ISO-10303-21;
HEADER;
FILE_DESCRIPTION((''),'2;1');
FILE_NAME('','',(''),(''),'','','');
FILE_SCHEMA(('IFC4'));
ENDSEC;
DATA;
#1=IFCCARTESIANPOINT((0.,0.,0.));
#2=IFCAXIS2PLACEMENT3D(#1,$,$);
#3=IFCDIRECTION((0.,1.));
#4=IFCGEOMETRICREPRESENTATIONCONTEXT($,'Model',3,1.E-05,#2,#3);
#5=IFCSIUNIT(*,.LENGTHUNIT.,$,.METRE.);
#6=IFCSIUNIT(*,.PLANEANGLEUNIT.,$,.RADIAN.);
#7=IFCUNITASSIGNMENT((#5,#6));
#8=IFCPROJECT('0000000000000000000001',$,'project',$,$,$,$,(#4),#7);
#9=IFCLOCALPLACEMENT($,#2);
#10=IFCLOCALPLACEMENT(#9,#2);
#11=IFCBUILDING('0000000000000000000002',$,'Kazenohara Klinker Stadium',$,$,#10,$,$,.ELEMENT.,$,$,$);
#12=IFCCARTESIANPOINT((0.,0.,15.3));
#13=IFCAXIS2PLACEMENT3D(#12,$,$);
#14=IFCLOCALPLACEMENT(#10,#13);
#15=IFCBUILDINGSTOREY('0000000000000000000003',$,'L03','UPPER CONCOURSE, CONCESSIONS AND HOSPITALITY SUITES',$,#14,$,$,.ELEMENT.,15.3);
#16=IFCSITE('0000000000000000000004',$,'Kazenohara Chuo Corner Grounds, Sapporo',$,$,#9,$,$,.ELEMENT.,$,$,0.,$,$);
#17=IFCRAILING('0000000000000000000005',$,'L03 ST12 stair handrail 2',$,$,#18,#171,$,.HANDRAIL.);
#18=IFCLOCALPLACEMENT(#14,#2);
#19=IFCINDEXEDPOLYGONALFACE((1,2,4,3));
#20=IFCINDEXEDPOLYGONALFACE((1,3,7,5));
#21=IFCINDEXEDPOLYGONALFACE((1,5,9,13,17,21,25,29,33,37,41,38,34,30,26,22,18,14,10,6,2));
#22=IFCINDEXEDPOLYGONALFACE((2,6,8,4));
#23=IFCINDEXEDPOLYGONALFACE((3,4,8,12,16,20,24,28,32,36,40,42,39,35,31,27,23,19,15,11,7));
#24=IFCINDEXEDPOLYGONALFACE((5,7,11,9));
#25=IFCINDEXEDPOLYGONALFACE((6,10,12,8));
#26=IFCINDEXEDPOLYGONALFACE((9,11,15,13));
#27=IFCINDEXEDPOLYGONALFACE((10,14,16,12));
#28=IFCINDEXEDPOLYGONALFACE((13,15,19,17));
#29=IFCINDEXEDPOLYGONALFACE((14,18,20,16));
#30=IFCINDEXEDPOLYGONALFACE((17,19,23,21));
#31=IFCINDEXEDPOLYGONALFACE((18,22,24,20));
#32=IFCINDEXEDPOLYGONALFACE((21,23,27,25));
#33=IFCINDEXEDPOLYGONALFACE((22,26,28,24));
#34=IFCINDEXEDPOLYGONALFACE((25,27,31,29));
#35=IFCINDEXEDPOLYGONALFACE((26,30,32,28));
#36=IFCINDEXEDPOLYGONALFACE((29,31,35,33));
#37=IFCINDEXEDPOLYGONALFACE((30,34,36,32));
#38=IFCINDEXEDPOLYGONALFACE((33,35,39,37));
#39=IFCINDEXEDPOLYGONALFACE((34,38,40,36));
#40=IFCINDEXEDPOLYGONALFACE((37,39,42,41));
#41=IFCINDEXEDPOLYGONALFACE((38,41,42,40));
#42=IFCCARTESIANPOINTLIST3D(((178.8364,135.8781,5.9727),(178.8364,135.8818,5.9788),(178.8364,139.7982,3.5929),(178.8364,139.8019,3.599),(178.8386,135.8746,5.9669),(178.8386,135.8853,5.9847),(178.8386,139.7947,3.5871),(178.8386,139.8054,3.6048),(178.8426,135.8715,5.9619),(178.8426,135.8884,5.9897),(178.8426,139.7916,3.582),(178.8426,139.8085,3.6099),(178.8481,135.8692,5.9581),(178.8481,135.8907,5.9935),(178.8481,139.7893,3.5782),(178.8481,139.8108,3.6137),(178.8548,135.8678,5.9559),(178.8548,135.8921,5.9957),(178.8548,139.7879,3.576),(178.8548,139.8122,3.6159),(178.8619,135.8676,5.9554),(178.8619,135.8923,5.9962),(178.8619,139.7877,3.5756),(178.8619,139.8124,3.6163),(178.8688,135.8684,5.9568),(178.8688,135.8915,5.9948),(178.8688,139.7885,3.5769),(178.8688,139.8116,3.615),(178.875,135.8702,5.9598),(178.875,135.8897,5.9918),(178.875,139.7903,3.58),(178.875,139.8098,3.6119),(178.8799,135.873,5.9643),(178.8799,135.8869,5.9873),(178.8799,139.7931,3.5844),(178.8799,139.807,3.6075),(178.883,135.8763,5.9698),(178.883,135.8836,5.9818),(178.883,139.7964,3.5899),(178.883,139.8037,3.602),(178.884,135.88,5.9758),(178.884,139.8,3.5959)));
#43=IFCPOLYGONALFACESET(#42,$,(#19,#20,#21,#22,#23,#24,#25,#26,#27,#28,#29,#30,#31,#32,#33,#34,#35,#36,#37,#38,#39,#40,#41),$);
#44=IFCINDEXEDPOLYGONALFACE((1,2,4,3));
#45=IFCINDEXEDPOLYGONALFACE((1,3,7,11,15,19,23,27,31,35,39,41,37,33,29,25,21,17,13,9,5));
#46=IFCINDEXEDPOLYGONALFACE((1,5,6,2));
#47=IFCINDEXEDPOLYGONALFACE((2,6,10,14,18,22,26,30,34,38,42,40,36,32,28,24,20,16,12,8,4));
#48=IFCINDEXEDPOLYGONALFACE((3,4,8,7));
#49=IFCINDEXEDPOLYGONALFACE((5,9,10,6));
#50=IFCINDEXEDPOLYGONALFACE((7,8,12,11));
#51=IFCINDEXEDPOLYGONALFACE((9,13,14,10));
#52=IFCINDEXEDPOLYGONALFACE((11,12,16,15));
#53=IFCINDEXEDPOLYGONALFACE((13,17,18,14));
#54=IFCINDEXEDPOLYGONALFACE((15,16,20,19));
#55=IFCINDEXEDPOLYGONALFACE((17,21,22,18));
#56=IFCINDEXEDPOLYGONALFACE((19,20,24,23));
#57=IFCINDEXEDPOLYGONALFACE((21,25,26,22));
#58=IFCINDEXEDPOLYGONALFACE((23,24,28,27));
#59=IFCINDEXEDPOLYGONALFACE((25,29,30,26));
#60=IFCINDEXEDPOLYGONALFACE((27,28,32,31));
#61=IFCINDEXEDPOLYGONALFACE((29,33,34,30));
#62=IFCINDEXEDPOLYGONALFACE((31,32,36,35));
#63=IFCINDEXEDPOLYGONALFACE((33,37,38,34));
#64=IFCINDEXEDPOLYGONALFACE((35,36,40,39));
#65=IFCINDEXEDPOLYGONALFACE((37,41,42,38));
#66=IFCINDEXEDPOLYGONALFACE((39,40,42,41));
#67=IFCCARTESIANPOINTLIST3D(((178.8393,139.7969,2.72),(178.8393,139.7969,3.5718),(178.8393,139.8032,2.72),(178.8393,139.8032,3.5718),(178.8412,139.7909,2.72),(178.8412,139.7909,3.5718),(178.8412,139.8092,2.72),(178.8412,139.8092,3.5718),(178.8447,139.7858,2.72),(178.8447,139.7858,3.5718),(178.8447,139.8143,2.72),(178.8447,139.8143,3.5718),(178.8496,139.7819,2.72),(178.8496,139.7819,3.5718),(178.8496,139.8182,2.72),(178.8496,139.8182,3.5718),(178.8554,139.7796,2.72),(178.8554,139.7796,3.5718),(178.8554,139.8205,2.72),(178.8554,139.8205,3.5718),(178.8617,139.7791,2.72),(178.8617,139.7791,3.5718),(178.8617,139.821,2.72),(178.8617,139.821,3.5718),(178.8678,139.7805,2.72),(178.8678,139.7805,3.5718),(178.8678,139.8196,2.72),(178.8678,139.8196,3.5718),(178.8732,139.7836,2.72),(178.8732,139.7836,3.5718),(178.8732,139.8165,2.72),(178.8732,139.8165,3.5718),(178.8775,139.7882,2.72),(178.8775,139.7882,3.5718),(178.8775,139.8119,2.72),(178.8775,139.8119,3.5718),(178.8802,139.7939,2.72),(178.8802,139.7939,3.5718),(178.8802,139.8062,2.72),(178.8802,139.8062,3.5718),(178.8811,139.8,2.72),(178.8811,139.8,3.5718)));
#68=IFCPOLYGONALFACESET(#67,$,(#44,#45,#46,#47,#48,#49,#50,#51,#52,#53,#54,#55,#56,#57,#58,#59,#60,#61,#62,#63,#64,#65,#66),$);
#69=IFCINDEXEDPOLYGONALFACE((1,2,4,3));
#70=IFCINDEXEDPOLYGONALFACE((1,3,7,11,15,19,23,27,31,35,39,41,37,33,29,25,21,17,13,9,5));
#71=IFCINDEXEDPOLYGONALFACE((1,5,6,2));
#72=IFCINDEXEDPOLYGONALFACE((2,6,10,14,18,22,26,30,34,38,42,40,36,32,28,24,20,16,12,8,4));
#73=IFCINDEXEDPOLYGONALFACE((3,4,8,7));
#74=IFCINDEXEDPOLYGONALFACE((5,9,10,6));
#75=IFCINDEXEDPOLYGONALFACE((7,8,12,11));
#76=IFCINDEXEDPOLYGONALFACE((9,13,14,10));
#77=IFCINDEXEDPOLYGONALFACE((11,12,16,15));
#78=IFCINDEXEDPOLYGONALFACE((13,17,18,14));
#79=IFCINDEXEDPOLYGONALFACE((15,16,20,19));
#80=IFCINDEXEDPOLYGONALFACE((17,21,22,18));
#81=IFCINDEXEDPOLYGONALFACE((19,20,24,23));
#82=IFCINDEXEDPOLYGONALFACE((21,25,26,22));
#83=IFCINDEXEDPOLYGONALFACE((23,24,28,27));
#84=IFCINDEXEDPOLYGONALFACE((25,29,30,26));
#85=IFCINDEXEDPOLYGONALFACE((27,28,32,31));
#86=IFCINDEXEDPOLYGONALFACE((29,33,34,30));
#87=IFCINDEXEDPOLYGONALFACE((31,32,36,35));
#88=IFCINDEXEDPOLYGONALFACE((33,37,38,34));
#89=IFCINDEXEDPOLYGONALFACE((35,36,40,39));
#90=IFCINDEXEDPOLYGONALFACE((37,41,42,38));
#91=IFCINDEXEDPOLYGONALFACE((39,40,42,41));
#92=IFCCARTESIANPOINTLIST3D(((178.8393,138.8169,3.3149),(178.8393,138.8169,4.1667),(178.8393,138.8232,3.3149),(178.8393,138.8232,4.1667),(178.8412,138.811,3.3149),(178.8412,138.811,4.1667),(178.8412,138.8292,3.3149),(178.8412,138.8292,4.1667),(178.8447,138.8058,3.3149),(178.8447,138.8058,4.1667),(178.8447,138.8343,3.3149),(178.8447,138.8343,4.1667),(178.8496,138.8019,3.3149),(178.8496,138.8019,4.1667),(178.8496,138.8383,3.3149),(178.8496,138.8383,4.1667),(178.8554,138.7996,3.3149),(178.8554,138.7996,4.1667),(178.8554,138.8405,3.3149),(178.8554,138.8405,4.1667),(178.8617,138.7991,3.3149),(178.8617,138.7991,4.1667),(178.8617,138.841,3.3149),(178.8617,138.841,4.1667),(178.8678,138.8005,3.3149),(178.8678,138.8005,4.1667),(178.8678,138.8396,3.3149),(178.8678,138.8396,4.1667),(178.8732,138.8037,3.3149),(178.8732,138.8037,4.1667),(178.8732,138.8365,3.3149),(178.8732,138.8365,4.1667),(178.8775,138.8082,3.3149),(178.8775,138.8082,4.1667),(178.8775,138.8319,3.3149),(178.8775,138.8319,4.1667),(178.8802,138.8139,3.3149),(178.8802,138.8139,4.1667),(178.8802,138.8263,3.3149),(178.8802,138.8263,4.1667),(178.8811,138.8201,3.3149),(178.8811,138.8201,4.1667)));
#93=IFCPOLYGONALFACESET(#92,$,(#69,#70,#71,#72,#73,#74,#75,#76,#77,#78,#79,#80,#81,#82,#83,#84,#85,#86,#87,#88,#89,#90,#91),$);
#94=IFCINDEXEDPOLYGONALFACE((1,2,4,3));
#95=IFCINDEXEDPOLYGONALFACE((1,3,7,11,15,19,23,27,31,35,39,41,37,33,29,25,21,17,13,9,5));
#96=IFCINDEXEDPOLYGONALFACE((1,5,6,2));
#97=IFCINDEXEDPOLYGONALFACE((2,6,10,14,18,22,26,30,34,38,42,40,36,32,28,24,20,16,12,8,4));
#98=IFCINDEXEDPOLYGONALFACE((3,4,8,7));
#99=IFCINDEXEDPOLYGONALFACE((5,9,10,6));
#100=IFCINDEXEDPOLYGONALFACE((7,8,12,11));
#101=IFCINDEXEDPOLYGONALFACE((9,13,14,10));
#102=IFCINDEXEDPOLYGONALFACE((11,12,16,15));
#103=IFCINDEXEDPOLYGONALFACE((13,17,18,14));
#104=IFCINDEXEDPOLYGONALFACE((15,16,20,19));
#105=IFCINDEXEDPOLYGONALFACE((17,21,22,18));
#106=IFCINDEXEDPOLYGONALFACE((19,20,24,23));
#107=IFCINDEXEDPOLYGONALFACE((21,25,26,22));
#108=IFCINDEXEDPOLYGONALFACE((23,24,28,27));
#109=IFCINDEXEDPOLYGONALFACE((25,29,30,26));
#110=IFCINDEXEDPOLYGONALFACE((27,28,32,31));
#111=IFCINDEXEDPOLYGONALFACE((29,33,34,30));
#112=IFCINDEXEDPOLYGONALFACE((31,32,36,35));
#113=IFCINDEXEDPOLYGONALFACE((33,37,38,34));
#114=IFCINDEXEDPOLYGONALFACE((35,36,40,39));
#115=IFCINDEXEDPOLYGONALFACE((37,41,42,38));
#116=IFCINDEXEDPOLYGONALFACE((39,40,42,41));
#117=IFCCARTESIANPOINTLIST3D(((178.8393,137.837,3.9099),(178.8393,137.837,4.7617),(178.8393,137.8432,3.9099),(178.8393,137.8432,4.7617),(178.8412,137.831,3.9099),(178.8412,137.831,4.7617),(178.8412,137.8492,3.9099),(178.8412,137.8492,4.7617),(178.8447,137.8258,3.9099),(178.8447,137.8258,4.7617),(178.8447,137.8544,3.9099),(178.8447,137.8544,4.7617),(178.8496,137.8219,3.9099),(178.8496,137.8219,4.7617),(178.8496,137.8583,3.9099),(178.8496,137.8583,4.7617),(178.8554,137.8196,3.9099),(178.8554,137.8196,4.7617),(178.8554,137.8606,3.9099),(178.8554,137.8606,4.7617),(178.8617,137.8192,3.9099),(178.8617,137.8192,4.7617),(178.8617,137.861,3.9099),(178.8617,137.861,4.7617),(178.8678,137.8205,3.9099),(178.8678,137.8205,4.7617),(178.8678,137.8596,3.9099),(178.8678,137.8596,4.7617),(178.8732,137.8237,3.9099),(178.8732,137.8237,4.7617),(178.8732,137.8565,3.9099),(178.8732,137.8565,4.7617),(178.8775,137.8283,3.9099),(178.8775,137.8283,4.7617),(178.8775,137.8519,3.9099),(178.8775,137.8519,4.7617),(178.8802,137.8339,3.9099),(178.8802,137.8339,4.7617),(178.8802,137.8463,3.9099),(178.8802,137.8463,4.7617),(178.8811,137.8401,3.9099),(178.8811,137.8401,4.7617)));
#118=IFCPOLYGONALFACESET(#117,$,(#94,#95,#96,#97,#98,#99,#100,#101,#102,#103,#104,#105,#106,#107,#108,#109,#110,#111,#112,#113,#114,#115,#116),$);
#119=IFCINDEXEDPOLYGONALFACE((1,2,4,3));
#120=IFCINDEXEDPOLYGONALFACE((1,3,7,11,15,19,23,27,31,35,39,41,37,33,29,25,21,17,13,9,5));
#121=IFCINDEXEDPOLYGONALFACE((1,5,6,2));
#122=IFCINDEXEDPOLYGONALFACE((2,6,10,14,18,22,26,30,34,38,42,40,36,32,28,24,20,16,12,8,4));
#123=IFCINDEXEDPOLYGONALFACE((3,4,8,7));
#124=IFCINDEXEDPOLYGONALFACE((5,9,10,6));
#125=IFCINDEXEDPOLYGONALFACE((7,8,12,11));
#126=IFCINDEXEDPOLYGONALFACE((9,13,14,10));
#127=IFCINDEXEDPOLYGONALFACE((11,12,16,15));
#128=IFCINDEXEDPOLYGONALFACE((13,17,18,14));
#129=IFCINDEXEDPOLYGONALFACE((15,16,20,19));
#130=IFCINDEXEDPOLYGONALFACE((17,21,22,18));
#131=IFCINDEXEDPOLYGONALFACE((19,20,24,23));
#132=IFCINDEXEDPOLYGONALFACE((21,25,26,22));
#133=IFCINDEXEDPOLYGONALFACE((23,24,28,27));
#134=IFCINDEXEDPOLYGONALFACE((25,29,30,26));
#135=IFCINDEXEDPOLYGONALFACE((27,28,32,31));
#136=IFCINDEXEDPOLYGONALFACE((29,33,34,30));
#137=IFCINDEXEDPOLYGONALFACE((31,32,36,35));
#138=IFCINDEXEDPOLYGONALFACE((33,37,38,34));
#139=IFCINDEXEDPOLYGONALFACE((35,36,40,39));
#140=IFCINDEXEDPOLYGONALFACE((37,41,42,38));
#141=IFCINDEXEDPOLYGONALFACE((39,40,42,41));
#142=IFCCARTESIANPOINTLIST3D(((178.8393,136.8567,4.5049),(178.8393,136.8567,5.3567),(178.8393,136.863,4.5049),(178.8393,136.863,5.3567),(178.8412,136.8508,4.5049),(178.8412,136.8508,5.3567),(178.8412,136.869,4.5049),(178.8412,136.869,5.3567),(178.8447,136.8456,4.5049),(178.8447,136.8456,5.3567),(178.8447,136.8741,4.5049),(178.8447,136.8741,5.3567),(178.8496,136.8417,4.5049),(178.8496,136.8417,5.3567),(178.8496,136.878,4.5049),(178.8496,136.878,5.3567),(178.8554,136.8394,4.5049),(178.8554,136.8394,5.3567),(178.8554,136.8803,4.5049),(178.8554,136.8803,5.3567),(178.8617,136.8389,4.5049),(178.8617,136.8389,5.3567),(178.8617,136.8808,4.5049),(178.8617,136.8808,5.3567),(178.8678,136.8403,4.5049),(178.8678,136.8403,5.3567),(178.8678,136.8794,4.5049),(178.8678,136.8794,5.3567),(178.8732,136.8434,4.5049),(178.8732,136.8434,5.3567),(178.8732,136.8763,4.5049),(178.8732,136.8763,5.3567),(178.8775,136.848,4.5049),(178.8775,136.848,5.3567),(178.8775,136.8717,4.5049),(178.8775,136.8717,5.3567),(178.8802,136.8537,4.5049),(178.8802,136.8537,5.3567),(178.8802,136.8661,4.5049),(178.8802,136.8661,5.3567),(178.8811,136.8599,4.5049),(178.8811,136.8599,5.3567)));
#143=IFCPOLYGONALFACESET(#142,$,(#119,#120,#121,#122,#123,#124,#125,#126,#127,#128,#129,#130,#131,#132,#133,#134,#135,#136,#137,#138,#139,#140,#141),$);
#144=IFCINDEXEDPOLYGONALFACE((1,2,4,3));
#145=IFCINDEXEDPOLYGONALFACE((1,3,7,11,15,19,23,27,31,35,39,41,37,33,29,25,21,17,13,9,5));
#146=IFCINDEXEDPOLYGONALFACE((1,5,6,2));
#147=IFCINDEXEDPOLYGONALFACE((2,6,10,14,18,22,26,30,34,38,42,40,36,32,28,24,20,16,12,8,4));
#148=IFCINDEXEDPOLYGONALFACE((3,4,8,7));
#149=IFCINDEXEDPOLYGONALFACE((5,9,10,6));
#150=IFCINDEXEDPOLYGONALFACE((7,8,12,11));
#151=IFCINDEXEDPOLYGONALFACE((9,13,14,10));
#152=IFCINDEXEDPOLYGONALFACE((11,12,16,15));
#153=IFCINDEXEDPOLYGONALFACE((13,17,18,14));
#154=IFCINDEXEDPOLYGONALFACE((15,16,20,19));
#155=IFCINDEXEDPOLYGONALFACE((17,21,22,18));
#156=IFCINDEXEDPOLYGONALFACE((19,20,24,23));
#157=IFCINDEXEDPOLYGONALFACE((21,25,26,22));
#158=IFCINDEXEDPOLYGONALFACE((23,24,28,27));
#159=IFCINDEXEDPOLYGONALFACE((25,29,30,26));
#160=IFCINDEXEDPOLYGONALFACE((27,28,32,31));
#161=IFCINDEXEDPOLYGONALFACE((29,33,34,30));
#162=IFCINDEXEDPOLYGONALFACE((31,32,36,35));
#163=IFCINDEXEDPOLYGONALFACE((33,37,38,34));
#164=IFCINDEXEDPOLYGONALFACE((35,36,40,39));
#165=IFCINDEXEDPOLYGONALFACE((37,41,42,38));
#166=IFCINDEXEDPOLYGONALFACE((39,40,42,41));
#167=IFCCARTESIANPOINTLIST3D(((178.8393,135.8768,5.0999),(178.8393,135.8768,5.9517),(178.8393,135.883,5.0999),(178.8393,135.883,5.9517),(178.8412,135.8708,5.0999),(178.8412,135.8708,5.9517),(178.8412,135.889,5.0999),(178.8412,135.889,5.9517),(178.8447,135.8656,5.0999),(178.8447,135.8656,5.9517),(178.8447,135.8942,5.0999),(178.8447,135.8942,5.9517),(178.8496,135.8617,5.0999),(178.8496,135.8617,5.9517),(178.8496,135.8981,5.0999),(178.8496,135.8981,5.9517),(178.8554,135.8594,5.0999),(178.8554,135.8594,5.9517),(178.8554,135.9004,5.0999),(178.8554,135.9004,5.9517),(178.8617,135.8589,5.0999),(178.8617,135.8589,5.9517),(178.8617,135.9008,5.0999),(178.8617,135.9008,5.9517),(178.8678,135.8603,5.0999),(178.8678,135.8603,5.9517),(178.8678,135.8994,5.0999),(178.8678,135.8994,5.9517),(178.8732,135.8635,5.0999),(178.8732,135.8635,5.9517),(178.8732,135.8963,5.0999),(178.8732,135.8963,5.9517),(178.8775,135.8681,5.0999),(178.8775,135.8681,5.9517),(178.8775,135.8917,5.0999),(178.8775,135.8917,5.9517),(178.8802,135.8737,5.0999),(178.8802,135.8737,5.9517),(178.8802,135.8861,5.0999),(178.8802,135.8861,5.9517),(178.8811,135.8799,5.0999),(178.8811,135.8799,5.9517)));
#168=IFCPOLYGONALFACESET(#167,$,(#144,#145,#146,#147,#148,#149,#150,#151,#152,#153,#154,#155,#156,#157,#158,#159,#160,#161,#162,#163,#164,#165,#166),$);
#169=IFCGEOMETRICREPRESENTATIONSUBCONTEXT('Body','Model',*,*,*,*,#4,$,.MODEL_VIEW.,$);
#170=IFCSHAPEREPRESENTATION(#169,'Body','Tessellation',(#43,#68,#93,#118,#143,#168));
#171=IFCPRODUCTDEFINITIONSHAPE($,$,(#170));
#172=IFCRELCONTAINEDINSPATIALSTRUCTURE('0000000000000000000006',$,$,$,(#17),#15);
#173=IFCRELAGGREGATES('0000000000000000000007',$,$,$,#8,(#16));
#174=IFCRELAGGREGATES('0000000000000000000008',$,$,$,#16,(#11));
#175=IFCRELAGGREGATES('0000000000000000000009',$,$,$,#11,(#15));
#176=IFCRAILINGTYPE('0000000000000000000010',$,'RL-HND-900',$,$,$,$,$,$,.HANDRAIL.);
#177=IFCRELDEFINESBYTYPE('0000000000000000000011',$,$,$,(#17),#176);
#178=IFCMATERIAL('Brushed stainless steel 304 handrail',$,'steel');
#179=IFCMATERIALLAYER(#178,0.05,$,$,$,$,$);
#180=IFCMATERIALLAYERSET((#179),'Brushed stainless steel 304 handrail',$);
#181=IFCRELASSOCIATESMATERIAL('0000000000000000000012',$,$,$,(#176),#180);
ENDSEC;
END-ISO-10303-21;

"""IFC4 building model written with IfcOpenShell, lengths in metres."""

from ifc_helpers import new_model, si_unit, direction, frame, origin, origin_2d, place, context, subcontext, project, spatial, circle, extrude, material, layer, layer_set, type_object, element, save


model = new_model("IFC4")

# Units and contexts
model_context = context("Model", 3, precision=1e-05, world=origin(), true_north=direction((0.0, 1.0)))
body_context = subcontext(model_context, "Body", "Model", "MODEL_VIEW")
ifc_project = project(units=[si_unit("LENGTHUNIT", "METRE"), si_unit("PLANEANGLEUNIT", "RADIAN")], contexts=[model_context])

# Site, building, storey
site_placement = place(None, origin())
site = spatial("IfcSite", under=ifc_project, at=site_placement, Name="Kazenohara Chuo Corner Grounds, Sapporo", CompositionType="ELEMENT", RefElevation=0.0)
building_placement = place(site_placement, origin())
building = spatial("IfcBuilding", under=site, at=building_placement, Name="Kazenohara Klinker Stadium", CompositionType="ELEMENT")
storey_placement = place(building_placement, frame((0.0, 0.0, 15.3)))
storey = spatial("IfcBuildingStorey", under=building, at=storey_placement, Name="L03", Description="UPPER CONCOURSE, CONCESSIONS AND HOSPITALITY SUITES", CompositionType="ELEMENT", Elevation=15.3)

# Railing
ifc_material_1 = material(Name="Brushed stainless steel 304 handrail", Category="steel")
ifc_layer_1 = layer(ifc_material_1, 0.05)
ifc_layer_set_1 = layer_set([ifc_layer_1], Name="Brushed stainless steel 304 handrail")
railing_type_1 = type_object("IfcRailingType", Name="RL-HND-900", PredefinedType="HANDRAIL", material=ifc_layer_set_1)
railing_1_placement = place(storey_placement, frame((178.8601, 139.8, 2.72)))
element("IfcRailing", 1, at=railing_1_placement, inside=storey, type_object=railing_type_1, Name="L03 ST12 stair handrail 2", PredefinedType="HANDRAIL", context=body_context, shape_type="SweptSolid", body=[
    extrude(circle(Radius=0.0239, at=origin_2d()), frame((0.0, 0.0, 0.876), z_axis=(0.0, -0.854809, 0.518943), x_axis=(1.0, 0.0, 0.0)), (0.0, 0.0, 1.0), 4.5859),
    extrude(circle(Radius=0.021, at=origin_2d()), origin(), (0.0, 0.0, 1.0), 0.8518),
    extrude(circle(Radius=0.021, at=origin_2d()), frame((0.0, -0.98, 0.595)), (0.0, 0.0, 1.0), 0.8518),
    extrude(circle(Radius=0.021, at=origin_2d()), frame((0.0, -1.96, 1.1899)), (0.0, 0.0, 1.0), 0.8518),
    extrude(circle(Radius=0.021, at=origin_2d()), frame((0.0, -2.9402, 1.7849)), (0.0, 0.0, 1.0), 0.8518),
    extrude(circle(Radius=0.021, at=origin_2d()), frame((0.0, -3.9202, 2.3799)), (0.0, 0.0, 1.0), 0.8518),
])

save(model, "model.ifc")
